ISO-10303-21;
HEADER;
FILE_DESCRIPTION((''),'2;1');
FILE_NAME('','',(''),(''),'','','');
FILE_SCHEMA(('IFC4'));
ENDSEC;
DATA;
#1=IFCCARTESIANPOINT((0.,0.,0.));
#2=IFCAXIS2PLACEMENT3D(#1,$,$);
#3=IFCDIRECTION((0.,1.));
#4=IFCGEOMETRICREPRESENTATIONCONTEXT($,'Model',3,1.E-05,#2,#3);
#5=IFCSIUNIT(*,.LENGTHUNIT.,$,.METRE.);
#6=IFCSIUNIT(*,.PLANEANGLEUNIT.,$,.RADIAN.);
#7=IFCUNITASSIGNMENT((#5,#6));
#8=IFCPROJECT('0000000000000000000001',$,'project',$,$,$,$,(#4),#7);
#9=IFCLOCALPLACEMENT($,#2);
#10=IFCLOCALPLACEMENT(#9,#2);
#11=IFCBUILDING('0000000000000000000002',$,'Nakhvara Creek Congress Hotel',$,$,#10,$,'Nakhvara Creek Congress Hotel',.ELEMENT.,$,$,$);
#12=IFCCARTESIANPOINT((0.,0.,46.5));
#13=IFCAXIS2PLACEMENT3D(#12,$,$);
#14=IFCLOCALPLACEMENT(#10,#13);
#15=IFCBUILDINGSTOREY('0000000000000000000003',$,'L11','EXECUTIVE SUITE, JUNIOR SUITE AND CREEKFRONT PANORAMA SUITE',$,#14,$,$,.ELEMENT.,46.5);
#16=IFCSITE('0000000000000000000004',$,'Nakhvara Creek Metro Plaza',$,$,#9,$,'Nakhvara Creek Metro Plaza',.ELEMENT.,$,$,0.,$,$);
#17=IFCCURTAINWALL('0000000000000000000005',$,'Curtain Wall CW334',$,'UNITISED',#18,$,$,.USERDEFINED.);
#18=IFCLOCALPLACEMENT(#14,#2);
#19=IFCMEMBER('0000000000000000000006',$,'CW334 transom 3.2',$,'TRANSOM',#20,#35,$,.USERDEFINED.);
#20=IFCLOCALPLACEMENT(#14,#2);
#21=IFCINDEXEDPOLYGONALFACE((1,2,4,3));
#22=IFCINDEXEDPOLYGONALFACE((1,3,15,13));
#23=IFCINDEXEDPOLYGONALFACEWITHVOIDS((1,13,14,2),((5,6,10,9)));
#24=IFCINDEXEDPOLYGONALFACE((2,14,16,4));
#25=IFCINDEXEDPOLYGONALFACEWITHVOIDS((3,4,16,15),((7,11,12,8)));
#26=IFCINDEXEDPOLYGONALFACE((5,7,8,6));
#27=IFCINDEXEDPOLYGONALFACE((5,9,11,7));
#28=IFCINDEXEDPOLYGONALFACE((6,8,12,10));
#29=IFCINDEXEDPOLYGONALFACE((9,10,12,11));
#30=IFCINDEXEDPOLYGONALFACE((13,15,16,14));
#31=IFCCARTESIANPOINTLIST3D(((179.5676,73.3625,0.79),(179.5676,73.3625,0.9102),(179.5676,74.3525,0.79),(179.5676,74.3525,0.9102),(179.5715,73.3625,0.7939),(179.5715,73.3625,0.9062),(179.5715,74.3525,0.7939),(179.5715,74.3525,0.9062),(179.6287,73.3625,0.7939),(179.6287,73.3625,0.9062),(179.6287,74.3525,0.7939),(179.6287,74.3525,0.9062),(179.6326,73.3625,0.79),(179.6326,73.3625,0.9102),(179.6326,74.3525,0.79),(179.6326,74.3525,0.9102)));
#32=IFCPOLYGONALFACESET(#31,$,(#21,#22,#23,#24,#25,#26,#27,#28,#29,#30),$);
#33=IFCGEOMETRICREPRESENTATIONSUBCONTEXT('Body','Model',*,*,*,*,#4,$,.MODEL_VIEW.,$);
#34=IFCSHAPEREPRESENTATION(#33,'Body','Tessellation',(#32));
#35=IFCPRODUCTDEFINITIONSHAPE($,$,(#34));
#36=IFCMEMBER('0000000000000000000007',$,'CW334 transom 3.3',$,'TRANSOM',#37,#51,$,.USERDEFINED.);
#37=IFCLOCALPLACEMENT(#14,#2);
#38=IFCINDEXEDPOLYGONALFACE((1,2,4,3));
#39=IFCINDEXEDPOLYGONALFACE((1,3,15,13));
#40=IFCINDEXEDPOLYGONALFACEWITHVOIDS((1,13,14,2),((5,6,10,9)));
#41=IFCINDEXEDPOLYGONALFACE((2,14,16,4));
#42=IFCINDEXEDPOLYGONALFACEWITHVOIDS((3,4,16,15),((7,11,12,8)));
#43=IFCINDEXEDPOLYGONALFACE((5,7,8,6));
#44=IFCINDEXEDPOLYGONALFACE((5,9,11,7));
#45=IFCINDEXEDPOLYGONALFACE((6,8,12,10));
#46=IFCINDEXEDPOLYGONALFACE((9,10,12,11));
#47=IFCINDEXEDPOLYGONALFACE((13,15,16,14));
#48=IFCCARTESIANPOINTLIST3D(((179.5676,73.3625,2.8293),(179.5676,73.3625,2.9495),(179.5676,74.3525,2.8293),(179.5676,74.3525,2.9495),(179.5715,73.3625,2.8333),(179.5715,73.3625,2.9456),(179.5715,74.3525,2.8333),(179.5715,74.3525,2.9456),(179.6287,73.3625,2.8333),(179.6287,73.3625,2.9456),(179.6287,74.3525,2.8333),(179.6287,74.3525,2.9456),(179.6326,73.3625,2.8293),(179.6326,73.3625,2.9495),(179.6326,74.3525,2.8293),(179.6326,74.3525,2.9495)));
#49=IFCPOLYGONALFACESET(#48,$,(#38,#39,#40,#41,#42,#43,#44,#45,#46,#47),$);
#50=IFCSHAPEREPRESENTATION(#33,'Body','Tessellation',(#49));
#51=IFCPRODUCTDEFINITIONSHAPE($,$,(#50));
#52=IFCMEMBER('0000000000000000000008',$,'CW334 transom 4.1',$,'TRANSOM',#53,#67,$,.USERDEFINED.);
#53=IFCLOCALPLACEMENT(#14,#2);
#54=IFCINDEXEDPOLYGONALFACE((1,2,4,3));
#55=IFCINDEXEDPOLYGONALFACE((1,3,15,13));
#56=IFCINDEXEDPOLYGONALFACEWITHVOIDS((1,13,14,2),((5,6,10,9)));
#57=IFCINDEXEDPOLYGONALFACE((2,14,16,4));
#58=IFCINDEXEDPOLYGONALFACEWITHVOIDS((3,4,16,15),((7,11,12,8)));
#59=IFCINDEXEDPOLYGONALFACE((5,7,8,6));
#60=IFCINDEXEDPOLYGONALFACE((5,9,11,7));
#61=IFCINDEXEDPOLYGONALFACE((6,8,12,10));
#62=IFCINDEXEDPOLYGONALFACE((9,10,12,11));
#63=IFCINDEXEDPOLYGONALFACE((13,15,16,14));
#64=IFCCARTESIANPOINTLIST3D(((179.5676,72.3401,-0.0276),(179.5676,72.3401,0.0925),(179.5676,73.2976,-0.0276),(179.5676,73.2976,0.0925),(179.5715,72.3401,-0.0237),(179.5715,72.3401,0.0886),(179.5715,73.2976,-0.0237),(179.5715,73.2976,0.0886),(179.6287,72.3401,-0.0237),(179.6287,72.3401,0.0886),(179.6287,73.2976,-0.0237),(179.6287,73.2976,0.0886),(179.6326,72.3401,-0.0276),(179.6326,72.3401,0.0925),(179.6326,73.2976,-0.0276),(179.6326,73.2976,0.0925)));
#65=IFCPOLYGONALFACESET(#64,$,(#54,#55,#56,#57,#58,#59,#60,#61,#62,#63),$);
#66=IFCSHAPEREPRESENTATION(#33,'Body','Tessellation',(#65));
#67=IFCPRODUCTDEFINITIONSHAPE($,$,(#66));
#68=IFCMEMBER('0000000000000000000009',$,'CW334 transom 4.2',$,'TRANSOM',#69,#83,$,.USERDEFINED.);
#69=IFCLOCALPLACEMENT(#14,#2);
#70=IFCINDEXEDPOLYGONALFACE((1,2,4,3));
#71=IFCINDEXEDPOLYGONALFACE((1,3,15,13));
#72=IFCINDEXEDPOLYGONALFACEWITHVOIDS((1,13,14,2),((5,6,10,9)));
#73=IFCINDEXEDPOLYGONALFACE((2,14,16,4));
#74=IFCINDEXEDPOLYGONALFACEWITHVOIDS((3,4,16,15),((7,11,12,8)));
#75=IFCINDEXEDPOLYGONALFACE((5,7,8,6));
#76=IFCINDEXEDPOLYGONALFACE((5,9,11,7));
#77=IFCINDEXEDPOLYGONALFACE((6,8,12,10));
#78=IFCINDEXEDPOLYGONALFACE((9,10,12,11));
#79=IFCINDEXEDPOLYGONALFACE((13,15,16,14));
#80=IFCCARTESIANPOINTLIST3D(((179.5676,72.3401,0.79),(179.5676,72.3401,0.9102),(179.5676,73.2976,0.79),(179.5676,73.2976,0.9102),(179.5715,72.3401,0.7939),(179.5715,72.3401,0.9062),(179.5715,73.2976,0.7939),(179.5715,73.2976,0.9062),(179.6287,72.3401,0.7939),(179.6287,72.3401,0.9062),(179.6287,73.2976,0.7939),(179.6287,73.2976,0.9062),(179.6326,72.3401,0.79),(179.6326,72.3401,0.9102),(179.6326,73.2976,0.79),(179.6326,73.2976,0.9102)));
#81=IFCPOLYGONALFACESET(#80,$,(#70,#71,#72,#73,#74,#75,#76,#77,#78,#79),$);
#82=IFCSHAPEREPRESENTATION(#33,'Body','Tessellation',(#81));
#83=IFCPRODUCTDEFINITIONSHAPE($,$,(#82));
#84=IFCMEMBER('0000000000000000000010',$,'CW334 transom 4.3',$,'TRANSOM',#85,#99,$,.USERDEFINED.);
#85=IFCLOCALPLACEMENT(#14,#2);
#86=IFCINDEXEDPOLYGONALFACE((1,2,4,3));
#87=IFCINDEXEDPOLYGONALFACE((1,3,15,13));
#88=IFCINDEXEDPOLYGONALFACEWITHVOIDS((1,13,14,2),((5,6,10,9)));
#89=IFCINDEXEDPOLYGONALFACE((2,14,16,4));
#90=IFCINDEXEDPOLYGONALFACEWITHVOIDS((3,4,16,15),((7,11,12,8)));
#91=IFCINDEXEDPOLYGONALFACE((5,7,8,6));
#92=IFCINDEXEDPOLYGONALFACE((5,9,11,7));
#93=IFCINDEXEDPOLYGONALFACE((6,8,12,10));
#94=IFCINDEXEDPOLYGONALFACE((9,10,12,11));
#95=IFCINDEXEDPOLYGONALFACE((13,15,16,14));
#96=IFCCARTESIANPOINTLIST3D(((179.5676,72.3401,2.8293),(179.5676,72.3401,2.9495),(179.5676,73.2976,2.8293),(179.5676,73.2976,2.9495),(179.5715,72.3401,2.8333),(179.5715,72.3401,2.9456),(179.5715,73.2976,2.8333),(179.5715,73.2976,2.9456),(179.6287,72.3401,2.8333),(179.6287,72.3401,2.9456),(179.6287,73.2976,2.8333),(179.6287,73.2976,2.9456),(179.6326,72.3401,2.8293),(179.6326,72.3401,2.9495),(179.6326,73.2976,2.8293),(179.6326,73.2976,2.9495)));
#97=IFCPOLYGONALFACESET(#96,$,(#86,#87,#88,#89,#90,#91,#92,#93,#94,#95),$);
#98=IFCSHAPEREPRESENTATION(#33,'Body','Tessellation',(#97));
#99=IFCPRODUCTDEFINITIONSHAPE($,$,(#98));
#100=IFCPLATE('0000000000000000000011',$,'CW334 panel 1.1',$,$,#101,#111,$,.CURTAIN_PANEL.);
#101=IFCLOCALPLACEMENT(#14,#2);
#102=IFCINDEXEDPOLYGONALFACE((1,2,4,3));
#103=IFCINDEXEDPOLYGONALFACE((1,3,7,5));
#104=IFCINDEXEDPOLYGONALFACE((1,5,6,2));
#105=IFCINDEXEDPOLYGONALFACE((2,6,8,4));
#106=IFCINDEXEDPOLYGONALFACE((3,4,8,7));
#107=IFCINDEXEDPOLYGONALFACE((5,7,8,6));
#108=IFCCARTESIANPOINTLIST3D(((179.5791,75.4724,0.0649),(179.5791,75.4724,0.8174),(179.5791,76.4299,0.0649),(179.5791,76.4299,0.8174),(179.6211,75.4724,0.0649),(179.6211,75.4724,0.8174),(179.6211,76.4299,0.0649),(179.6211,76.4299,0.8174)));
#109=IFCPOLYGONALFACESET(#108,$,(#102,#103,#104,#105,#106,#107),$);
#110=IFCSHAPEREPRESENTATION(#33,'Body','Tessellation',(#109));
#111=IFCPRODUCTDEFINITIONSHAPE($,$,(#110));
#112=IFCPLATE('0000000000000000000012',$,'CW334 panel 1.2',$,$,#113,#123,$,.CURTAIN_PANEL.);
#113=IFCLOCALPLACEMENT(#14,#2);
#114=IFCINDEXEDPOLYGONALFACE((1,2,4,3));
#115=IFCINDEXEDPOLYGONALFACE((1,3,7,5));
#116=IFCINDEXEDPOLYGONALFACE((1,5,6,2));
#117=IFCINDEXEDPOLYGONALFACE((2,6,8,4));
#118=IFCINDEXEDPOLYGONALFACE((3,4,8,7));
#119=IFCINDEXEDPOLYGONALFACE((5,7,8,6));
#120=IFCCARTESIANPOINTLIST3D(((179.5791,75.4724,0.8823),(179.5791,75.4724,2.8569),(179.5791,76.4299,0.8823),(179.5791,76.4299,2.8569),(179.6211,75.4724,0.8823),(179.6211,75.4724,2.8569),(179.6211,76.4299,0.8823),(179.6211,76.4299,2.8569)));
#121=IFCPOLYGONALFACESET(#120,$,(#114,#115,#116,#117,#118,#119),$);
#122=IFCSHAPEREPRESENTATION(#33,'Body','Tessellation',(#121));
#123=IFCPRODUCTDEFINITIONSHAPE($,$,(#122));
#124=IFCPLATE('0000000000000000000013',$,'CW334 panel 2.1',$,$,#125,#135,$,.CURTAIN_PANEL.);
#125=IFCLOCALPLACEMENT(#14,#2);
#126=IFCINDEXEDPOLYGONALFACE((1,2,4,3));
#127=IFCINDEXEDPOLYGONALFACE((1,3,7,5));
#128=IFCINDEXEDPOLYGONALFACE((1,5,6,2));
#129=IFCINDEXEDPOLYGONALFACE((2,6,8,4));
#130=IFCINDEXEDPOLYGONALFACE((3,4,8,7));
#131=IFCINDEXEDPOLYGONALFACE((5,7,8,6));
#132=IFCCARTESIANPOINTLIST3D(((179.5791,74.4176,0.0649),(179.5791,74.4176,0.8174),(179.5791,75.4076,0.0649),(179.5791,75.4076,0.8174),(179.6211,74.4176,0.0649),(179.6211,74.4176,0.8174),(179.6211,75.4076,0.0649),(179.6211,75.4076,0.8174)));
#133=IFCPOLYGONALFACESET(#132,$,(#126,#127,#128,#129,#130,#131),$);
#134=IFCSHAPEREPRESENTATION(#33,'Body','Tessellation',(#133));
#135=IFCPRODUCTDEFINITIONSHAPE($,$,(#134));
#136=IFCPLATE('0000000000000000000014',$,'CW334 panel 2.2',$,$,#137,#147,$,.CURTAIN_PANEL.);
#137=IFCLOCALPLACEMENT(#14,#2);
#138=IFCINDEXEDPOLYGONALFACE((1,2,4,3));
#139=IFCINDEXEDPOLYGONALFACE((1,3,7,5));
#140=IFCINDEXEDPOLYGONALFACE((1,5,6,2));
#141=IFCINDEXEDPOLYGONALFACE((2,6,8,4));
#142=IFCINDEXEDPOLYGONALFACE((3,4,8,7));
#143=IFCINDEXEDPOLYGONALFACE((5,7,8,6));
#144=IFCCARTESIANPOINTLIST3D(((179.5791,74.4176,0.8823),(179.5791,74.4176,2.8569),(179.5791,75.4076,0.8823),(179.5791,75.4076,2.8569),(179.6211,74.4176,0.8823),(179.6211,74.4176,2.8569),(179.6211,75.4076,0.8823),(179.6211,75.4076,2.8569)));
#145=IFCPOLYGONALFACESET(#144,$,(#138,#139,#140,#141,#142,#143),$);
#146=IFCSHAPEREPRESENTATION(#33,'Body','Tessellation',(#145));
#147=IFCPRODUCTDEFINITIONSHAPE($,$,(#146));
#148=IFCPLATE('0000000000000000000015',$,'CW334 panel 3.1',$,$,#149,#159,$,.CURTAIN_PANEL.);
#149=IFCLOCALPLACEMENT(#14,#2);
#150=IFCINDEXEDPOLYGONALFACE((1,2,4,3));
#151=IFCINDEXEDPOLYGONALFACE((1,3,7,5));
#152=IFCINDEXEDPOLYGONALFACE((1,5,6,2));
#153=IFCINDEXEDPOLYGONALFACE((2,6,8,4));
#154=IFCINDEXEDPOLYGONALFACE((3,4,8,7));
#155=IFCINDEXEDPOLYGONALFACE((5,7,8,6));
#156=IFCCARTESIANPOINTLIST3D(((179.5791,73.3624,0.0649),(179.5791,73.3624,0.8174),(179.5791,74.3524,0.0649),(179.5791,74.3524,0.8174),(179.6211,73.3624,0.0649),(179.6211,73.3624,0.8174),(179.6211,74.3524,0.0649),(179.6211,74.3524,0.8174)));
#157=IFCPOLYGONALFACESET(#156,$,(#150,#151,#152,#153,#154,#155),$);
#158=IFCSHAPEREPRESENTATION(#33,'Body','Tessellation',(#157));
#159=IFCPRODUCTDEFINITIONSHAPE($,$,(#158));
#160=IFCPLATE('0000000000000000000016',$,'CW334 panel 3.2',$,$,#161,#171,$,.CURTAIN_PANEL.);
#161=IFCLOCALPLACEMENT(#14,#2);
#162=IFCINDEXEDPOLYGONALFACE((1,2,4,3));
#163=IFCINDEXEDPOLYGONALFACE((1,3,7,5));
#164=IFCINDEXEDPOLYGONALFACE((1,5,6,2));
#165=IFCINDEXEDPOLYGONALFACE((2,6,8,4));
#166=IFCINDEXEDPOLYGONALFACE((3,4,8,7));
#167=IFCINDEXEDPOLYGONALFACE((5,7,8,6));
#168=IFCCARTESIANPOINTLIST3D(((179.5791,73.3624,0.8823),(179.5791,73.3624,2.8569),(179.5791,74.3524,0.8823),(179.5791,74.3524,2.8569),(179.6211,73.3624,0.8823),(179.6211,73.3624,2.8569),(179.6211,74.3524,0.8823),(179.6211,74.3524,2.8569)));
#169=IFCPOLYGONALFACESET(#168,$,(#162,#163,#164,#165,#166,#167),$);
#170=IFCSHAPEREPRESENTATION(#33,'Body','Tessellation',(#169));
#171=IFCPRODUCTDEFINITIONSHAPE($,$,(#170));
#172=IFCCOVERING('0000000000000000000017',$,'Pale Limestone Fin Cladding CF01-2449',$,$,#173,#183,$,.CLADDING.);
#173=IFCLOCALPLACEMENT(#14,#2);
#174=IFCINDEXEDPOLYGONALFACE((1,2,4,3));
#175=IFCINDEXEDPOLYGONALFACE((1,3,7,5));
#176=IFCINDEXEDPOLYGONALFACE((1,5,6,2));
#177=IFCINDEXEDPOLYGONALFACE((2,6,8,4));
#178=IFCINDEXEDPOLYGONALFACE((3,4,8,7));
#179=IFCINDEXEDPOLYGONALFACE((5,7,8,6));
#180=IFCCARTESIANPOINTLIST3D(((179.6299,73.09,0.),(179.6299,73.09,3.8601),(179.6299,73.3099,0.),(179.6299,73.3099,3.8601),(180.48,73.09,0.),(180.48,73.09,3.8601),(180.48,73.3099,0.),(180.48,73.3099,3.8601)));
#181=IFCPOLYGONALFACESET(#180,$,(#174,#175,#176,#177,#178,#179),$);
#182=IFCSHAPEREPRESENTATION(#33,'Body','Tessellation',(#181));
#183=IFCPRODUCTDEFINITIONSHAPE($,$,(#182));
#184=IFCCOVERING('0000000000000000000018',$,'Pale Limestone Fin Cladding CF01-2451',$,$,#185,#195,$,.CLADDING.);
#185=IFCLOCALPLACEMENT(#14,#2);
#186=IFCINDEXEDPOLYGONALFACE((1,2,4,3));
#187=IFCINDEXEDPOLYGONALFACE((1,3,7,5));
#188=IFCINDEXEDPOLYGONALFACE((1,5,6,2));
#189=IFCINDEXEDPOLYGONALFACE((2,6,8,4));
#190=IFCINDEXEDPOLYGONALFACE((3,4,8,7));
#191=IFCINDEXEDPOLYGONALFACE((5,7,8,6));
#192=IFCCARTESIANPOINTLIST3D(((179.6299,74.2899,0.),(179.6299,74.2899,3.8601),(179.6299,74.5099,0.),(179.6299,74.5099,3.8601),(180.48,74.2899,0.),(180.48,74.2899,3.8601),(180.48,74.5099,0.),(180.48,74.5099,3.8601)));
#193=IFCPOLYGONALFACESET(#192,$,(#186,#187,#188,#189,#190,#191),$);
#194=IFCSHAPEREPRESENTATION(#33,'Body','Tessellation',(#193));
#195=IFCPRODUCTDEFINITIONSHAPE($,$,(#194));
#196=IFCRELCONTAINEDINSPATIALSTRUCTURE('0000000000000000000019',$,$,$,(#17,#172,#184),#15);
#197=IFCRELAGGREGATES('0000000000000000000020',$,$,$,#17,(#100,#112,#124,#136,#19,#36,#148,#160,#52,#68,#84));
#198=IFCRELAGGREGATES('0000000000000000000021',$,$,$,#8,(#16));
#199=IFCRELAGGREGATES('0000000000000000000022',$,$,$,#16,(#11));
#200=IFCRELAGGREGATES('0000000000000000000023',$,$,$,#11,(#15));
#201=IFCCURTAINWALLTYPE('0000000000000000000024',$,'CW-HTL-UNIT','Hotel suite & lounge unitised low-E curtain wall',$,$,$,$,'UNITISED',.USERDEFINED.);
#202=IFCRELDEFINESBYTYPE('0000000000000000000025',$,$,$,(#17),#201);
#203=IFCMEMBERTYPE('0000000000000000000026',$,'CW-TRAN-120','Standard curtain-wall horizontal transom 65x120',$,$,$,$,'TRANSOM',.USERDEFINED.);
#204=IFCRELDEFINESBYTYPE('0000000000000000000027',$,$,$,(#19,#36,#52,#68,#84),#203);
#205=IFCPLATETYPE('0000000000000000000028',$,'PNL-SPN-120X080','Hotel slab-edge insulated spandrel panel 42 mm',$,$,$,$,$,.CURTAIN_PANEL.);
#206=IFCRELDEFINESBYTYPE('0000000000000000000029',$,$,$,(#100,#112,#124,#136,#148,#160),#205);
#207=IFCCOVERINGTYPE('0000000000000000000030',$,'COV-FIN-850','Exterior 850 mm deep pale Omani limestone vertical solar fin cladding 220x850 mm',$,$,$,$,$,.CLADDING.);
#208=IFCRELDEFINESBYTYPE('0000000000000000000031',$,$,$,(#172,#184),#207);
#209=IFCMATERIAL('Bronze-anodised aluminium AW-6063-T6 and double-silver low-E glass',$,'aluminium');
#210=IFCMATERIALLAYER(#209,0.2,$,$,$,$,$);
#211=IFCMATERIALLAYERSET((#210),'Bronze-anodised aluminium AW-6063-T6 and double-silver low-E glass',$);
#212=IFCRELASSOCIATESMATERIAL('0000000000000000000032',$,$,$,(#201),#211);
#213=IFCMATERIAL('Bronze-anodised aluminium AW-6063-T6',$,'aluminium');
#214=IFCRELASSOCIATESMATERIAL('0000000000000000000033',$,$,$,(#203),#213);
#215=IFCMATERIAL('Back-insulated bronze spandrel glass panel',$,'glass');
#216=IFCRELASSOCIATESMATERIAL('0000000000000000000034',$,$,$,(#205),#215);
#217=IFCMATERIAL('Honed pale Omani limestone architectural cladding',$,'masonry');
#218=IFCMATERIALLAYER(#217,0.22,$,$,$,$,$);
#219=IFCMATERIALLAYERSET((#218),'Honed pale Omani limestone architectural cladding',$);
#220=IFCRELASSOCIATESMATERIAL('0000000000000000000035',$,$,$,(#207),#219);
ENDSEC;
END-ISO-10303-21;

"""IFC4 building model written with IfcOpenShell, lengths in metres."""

from ifc_helpers import new_model, si_unit, direction, frame, origin, origin_2d, place, context, subcontext, project, spatial, rectangle, hollow_rectangle, extrude, material, layer, layer_set, material_profile, profile_set, type_object, element, aggregate, save


model = new_model("IFC4")

# Units and contexts
model_context = context("Model", 3, precision=1e-05, world=origin(), true_north=direction((0.0, 1.0)))
body_context = subcontext(model_context, "Body", "Model", "MODEL_VIEW")
ifc_project = project(units=[si_unit("LENGTHUNIT", "METRE"), si_unit("PLANEANGLEUNIT", "RADIAN")], contexts=[model_context])

# Site, building, storey
site_placement = place(None, origin())
site = spatial("IfcSite", under=ifc_project, at=site_placement, Name="Nakhvara Creek Metro Plaza", LongName="Nakhvara Creek Metro Plaza", CompositionType="ELEMENT", RefElevation=0.0)
building_placement = place(site_placement, origin())
building = spatial("IfcBuilding", under=site, at=building_placement, Name="Nakhvara Creek Congress Hotel", LongName="Nakhvara Creek Congress Hotel", CompositionType="ELEMENT")
storey_placement = place(building_placement, frame((0.0, 0.0, 46.5)))
storey = spatial("IfcBuildingStorey", under=building, at=storey_placement, Name="L11", Description="EXECUTIVE SUITE, JUNIOR SUITE AND CREEKFRONT PANORAMA SUITE", CompositionType="ELEMENT", Elevation=46.5)

# Curtain wall, members, plates
ifc_material_1 = material(Name="Bronze-anodised aluminium AW-6063-T6 and double-silver low-E glass", Category="aluminium")
ifc_layer_1 = layer(ifc_material_1, 0.2)
ifc_layer_set_1 = layer_set([ifc_layer_1], Name="Bronze-anodised aluminium AW-6063-T6 and double-silver low-E glass")
curtain_wall_type = type_object("IfcCurtainWallType", Name="CW-HTL-UNIT", Description="Hotel suite & lounge unitised low-E curtain wall", ElementType="UNITISED", PredefinedType="USERDEFINED", material=ifc_layer_set_1)
curtain_wall_placement = place(storey_placement, origin())
curtain_wall = element("IfcCurtainWall", 1, at=curtain_wall_placement, inside=storey, type_object=curtain_wall_type, Name="Curtain Wall CW334", ObjectType="UNITISED", PredefinedType="USERDEFINED")
ifc_material_2 = material(Name="Bronze-anodised aluminium AW-6063-T6", Category="aluminium")
ifc_material_profile_1 = material_profile(ifc_material_2, hollow_rectangle(XDim=0.0649, YDim=0.1201, WallThickness=0.0039, at=origin_2d()), Name="ALU-TRAN 65x120x4", Category="LoadBearing")
ifc_profile_set_1 = profile_set([ifc_material_profile_1], Name="Bronze-anodised aluminium AW-6063-T6")
member_type_1 = type_object("IfcMemberType", Name="CW-TRAN-120", Description="Standard curtain-wall horizontal transom 65x120", ElementType="TRANSOM", PredefinedType="USERDEFINED", material=ifc_profile_set_1)
member_1_placement = place(storey_placement, frame((179.6001, 74.3525, 0.8501), z_axis=(0.0, -1.0, 0.0), x_axis=(1.0, 0.0, 0.0)))
member_1 = element("IfcMember", 2, at=member_1_placement, type_object=member_type_1, Name="CW334 transom 3.2", ObjectType="TRANSOM", PredefinedType="USERDEFINED", context=body_context, shape_type="SweptSolid", body=[
    extrude(hollow_rectangle(XDim=0.0649, YDim=0.1201, WallThickness=0.0039, at=origin_2d()), origin(), (0.0, 0.0, 1.0), 0.99),
])
member_2_placement = place(storey_placement, frame((179.6001, 74.3525, 2.8894), z_axis=(0.0, -1.0, 0.0), x_axis=(1.0, 0.0, 0.0)))
member_2 = element("IfcMember", 3, at=member_2_placement, type_object=member_type_1, Name="CW334 transom 3.3", ObjectType="TRANSOM", PredefinedType="USERDEFINED", context=body_context, shape_type="SweptSolid", body=[
    extrude(hollow_rectangle(XDim=0.0649, YDim=0.1201, WallThickness=0.0039, at=origin_2d()), origin(), (0.0, 0.0, 1.0), 0.99),
])
member_3_placement = place(storey_placement, frame((179.6001, 73.2976, 0.0325), z_axis=(0.0, -1.0, 0.0), x_axis=(1.0, 0.0, 0.0)))
member_3 = element("IfcMember", 4, at=member_3_placement, type_object=member_type_1, Name="CW334 transom 4.1", ObjectType="TRANSOM", PredefinedType="USERDEFINED", context=body_context, shape_type="SweptSolid", body=[
    extrude(hollow_rectangle(XDim=0.0649, YDim=0.1201, WallThickness=0.0039, at=origin_2d()), origin(), (0.0, 0.0, 1.0), 0.9575),
])
member_4_placement = place(storey_placement, frame((179.6001, 73.2976, 0.8501), z_axis=(0.0, -1.0, 0.0), x_axis=(1.0, 0.0, 0.0)))
member_4 = element("IfcMember", 5, at=member_4_placement, type_object=member_type_1, Name="CW334 transom 4.2", ObjectType="TRANSOM", PredefinedType="USERDEFINED", context=body_context, shape_type="SweptSolid", body=[
    extrude(hollow_rectangle(XDim=0.0649, YDim=0.1201, WallThickness=0.0039, at=origin_2d()), origin(), (0.0, 0.0, 1.0), 0.9575),
])
member_5_placement = place(storey_placement, frame((179.6001, 73.2976, 2.8894), z_axis=(0.0, -1.0, 0.0), x_axis=(1.0, 0.0, 0.0)))
member_5 = element("IfcMember", 6, at=member_5_placement, type_object=member_type_1, Name="CW334 transom 4.3", ObjectType="TRANSOM", PredefinedType="USERDEFINED", context=body_context, shape_type="SweptSolid", body=[
    extrude(hollow_rectangle(XDim=0.0649, YDim=0.1201, WallThickness=0.0039, at=origin_2d()), origin(), (0.0, 0.0, 1.0), 0.9575),
])
ifc_material_3 = material(Name="Back-insulated bronze spandrel glass panel", Category="glass")
plate_type = type_object("IfcPlateType", Name="PNL-SPN-120X080", Description="Hotel slab-edge insulated spandrel panel 42 mm", PredefinedType="CURTAIN_PANEL", material=ifc_material_3)
plate_1_placement = place(storey_placement, frame((179.6001, 75.9512, 0.0649), z_axis=(0.0, 0.0, 1.0), x_axis=(0.0, -1.0, 0.0)))
plate_1 = element("IfcPlate", 7, at=plate_1_placement, type_object=plate_type, Name="CW334 panel 1.1", PredefinedType="CURTAIN_PANEL", context=body_context, shape_type="SweptSolid", body=[
    extrude(rectangle(XDim=0.9575, YDim=0.042, at=origin_2d()), origin(), (0.0, 0.0, 1.0), 0.7524),
])
plate_2_placement = place(storey_placement, frame((179.6001, 75.9512, 0.8823), z_axis=(0.0, 0.0, 1.0), x_axis=(0.0, -1.0, 0.0)))
plate_2 = element("IfcPlate", 8, at=plate_2_placement, type_object=plate_type, Name="CW334 panel 1.2", PredefinedType="CURTAIN_PANEL", context=body_context, shape_type="SweptSolid", body=[
    extrude(rectangle(XDim=0.9575, YDim=0.042, at=origin_2d()), origin(), (0.0, 0.0, 1.0), 1.9746),
])
plate_3_placement = place(storey_placement, frame((179.6001, 74.9126, 0.0649), z_axis=(0.0, 0.0, 1.0), x_axis=(0.0, -1.0, 0.0)))
plate_3 = element("IfcPlate", 9, at=plate_3_placement, type_object=plate_type, Name="CW334 panel 2.1", PredefinedType="CURTAIN_PANEL", context=body_context, shape_type="SweptSolid", body=[
    extrude(rectangle(XDim=0.99, YDim=0.042, at=origin_2d()), origin(), (0.0, 0.0, 1.0), 0.7524),
])
plate_4_placement = place(storey_placement, frame((179.6001, 74.9126, 0.8823), z_axis=(0.0, 0.0, 1.0), x_axis=(0.0, -1.0, 0.0)))
plate_4 = element("IfcPlate", 10, at=plate_4_placement, type_object=plate_type, Name="CW334 panel 2.2", PredefinedType="CURTAIN_PANEL", context=body_context, shape_type="SweptSolid", body=[
    extrude(rectangle(XDim=0.99, YDim=0.042, at=origin_2d()), origin(), (0.0, 0.0, 1.0), 1.9746),
])
plate_5_placement = place(storey_placement, frame((179.6001, 73.8574, 0.0649), z_axis=(0.0, 0.0, 1.0), x_axis=(0.0, -1.0, 0.0)))
plate_5 = element("IfcPlate", 11, at=plate_5_placement, type_object=plate_type, Name="CW334 panel 3.1", PredefinedType="CURTAIN_PANEL", context=body_context, shape_type="SweptSolid", body=[
    extrude(rectangle(XDim=0.99, YDim=0.042, at=origin_2d()), origin(), (0.0, 0.0, 1.0), 0.7524),
])
plate_6_placement = place(storey_placement, frame((179.6001, 73.8574, 0.8823), z_axis=(0.0, 0.0, 1.0), x_axis=(0.0, -1.0, 0.0)))
plate_6 = element("IfcPlate", 12, at=plate_6_placement, type_object=plate_type, Name="CW334 panel 3.2", PredefinedType="CURTAIN_PANEL", context=body_context, shape_type="SweptSolid", body=[
    extrude(rectangle(XDim=0.99, YDim=0.042, at=origin_2d()), origin(), (0.0, 0.0, 1.0), 1.9746),
])
aggregate(curtain_wall, [plate_1, plate_2, plate_3, plate_4, member_1, member_2, plate_5, plate_6, member_3, member_4, member_5])

# Coverings
ifc_material_4 = material(Name="Honed pale Omani limestone architectural cladding", Category="masonry")
ifc_layer_2 = layer(ifc_material_4, 0.22)
ifc_layer_set_2 = layer_set([ifc_layer_2], Name="Honed pale Omani limestone architectural cladding")
covering_type = type_object("IfcCoveringType", Name="COV-FIN-850", Description="Exterior 850 mm deep pale Omani limestone vertical solar fin cladding 220x850 mm", PredefinedType="CLADDING", material=ifc_layer_set_2)
for number, where, z_axis, x_axis, name in (
    (13, (180.0549, 73.2, 0.0), (0.0, 0.0, 1.0), (0.0, 1.0, 0.0), "Pale Limestone Fin Cladding CF01-2449"),
    (14, (180.0549, 74.3999, 0.0), (0.0, 0.0, 1.0), (0.0, 1.0, 0.0), "Pale Limestone Fin Cladding CF01-2451"),
):
    element("IfcCovering", number, at=place(storey_placement, frame(where, z_axis=z_axis, x_axis=x_axis)), inside=storey, type_object=covering_type, Name=name, PredefinedType="CLADDING", context=body_context, shape_type="SweptSolid", body=[
        extrude(rectangle(XDim=0.22, YDim=0.8501, at=origin_2d()), origin(), (0.0, 0.0, 1.0), 3.8601),
    ])

save(model, "model.ifc")
